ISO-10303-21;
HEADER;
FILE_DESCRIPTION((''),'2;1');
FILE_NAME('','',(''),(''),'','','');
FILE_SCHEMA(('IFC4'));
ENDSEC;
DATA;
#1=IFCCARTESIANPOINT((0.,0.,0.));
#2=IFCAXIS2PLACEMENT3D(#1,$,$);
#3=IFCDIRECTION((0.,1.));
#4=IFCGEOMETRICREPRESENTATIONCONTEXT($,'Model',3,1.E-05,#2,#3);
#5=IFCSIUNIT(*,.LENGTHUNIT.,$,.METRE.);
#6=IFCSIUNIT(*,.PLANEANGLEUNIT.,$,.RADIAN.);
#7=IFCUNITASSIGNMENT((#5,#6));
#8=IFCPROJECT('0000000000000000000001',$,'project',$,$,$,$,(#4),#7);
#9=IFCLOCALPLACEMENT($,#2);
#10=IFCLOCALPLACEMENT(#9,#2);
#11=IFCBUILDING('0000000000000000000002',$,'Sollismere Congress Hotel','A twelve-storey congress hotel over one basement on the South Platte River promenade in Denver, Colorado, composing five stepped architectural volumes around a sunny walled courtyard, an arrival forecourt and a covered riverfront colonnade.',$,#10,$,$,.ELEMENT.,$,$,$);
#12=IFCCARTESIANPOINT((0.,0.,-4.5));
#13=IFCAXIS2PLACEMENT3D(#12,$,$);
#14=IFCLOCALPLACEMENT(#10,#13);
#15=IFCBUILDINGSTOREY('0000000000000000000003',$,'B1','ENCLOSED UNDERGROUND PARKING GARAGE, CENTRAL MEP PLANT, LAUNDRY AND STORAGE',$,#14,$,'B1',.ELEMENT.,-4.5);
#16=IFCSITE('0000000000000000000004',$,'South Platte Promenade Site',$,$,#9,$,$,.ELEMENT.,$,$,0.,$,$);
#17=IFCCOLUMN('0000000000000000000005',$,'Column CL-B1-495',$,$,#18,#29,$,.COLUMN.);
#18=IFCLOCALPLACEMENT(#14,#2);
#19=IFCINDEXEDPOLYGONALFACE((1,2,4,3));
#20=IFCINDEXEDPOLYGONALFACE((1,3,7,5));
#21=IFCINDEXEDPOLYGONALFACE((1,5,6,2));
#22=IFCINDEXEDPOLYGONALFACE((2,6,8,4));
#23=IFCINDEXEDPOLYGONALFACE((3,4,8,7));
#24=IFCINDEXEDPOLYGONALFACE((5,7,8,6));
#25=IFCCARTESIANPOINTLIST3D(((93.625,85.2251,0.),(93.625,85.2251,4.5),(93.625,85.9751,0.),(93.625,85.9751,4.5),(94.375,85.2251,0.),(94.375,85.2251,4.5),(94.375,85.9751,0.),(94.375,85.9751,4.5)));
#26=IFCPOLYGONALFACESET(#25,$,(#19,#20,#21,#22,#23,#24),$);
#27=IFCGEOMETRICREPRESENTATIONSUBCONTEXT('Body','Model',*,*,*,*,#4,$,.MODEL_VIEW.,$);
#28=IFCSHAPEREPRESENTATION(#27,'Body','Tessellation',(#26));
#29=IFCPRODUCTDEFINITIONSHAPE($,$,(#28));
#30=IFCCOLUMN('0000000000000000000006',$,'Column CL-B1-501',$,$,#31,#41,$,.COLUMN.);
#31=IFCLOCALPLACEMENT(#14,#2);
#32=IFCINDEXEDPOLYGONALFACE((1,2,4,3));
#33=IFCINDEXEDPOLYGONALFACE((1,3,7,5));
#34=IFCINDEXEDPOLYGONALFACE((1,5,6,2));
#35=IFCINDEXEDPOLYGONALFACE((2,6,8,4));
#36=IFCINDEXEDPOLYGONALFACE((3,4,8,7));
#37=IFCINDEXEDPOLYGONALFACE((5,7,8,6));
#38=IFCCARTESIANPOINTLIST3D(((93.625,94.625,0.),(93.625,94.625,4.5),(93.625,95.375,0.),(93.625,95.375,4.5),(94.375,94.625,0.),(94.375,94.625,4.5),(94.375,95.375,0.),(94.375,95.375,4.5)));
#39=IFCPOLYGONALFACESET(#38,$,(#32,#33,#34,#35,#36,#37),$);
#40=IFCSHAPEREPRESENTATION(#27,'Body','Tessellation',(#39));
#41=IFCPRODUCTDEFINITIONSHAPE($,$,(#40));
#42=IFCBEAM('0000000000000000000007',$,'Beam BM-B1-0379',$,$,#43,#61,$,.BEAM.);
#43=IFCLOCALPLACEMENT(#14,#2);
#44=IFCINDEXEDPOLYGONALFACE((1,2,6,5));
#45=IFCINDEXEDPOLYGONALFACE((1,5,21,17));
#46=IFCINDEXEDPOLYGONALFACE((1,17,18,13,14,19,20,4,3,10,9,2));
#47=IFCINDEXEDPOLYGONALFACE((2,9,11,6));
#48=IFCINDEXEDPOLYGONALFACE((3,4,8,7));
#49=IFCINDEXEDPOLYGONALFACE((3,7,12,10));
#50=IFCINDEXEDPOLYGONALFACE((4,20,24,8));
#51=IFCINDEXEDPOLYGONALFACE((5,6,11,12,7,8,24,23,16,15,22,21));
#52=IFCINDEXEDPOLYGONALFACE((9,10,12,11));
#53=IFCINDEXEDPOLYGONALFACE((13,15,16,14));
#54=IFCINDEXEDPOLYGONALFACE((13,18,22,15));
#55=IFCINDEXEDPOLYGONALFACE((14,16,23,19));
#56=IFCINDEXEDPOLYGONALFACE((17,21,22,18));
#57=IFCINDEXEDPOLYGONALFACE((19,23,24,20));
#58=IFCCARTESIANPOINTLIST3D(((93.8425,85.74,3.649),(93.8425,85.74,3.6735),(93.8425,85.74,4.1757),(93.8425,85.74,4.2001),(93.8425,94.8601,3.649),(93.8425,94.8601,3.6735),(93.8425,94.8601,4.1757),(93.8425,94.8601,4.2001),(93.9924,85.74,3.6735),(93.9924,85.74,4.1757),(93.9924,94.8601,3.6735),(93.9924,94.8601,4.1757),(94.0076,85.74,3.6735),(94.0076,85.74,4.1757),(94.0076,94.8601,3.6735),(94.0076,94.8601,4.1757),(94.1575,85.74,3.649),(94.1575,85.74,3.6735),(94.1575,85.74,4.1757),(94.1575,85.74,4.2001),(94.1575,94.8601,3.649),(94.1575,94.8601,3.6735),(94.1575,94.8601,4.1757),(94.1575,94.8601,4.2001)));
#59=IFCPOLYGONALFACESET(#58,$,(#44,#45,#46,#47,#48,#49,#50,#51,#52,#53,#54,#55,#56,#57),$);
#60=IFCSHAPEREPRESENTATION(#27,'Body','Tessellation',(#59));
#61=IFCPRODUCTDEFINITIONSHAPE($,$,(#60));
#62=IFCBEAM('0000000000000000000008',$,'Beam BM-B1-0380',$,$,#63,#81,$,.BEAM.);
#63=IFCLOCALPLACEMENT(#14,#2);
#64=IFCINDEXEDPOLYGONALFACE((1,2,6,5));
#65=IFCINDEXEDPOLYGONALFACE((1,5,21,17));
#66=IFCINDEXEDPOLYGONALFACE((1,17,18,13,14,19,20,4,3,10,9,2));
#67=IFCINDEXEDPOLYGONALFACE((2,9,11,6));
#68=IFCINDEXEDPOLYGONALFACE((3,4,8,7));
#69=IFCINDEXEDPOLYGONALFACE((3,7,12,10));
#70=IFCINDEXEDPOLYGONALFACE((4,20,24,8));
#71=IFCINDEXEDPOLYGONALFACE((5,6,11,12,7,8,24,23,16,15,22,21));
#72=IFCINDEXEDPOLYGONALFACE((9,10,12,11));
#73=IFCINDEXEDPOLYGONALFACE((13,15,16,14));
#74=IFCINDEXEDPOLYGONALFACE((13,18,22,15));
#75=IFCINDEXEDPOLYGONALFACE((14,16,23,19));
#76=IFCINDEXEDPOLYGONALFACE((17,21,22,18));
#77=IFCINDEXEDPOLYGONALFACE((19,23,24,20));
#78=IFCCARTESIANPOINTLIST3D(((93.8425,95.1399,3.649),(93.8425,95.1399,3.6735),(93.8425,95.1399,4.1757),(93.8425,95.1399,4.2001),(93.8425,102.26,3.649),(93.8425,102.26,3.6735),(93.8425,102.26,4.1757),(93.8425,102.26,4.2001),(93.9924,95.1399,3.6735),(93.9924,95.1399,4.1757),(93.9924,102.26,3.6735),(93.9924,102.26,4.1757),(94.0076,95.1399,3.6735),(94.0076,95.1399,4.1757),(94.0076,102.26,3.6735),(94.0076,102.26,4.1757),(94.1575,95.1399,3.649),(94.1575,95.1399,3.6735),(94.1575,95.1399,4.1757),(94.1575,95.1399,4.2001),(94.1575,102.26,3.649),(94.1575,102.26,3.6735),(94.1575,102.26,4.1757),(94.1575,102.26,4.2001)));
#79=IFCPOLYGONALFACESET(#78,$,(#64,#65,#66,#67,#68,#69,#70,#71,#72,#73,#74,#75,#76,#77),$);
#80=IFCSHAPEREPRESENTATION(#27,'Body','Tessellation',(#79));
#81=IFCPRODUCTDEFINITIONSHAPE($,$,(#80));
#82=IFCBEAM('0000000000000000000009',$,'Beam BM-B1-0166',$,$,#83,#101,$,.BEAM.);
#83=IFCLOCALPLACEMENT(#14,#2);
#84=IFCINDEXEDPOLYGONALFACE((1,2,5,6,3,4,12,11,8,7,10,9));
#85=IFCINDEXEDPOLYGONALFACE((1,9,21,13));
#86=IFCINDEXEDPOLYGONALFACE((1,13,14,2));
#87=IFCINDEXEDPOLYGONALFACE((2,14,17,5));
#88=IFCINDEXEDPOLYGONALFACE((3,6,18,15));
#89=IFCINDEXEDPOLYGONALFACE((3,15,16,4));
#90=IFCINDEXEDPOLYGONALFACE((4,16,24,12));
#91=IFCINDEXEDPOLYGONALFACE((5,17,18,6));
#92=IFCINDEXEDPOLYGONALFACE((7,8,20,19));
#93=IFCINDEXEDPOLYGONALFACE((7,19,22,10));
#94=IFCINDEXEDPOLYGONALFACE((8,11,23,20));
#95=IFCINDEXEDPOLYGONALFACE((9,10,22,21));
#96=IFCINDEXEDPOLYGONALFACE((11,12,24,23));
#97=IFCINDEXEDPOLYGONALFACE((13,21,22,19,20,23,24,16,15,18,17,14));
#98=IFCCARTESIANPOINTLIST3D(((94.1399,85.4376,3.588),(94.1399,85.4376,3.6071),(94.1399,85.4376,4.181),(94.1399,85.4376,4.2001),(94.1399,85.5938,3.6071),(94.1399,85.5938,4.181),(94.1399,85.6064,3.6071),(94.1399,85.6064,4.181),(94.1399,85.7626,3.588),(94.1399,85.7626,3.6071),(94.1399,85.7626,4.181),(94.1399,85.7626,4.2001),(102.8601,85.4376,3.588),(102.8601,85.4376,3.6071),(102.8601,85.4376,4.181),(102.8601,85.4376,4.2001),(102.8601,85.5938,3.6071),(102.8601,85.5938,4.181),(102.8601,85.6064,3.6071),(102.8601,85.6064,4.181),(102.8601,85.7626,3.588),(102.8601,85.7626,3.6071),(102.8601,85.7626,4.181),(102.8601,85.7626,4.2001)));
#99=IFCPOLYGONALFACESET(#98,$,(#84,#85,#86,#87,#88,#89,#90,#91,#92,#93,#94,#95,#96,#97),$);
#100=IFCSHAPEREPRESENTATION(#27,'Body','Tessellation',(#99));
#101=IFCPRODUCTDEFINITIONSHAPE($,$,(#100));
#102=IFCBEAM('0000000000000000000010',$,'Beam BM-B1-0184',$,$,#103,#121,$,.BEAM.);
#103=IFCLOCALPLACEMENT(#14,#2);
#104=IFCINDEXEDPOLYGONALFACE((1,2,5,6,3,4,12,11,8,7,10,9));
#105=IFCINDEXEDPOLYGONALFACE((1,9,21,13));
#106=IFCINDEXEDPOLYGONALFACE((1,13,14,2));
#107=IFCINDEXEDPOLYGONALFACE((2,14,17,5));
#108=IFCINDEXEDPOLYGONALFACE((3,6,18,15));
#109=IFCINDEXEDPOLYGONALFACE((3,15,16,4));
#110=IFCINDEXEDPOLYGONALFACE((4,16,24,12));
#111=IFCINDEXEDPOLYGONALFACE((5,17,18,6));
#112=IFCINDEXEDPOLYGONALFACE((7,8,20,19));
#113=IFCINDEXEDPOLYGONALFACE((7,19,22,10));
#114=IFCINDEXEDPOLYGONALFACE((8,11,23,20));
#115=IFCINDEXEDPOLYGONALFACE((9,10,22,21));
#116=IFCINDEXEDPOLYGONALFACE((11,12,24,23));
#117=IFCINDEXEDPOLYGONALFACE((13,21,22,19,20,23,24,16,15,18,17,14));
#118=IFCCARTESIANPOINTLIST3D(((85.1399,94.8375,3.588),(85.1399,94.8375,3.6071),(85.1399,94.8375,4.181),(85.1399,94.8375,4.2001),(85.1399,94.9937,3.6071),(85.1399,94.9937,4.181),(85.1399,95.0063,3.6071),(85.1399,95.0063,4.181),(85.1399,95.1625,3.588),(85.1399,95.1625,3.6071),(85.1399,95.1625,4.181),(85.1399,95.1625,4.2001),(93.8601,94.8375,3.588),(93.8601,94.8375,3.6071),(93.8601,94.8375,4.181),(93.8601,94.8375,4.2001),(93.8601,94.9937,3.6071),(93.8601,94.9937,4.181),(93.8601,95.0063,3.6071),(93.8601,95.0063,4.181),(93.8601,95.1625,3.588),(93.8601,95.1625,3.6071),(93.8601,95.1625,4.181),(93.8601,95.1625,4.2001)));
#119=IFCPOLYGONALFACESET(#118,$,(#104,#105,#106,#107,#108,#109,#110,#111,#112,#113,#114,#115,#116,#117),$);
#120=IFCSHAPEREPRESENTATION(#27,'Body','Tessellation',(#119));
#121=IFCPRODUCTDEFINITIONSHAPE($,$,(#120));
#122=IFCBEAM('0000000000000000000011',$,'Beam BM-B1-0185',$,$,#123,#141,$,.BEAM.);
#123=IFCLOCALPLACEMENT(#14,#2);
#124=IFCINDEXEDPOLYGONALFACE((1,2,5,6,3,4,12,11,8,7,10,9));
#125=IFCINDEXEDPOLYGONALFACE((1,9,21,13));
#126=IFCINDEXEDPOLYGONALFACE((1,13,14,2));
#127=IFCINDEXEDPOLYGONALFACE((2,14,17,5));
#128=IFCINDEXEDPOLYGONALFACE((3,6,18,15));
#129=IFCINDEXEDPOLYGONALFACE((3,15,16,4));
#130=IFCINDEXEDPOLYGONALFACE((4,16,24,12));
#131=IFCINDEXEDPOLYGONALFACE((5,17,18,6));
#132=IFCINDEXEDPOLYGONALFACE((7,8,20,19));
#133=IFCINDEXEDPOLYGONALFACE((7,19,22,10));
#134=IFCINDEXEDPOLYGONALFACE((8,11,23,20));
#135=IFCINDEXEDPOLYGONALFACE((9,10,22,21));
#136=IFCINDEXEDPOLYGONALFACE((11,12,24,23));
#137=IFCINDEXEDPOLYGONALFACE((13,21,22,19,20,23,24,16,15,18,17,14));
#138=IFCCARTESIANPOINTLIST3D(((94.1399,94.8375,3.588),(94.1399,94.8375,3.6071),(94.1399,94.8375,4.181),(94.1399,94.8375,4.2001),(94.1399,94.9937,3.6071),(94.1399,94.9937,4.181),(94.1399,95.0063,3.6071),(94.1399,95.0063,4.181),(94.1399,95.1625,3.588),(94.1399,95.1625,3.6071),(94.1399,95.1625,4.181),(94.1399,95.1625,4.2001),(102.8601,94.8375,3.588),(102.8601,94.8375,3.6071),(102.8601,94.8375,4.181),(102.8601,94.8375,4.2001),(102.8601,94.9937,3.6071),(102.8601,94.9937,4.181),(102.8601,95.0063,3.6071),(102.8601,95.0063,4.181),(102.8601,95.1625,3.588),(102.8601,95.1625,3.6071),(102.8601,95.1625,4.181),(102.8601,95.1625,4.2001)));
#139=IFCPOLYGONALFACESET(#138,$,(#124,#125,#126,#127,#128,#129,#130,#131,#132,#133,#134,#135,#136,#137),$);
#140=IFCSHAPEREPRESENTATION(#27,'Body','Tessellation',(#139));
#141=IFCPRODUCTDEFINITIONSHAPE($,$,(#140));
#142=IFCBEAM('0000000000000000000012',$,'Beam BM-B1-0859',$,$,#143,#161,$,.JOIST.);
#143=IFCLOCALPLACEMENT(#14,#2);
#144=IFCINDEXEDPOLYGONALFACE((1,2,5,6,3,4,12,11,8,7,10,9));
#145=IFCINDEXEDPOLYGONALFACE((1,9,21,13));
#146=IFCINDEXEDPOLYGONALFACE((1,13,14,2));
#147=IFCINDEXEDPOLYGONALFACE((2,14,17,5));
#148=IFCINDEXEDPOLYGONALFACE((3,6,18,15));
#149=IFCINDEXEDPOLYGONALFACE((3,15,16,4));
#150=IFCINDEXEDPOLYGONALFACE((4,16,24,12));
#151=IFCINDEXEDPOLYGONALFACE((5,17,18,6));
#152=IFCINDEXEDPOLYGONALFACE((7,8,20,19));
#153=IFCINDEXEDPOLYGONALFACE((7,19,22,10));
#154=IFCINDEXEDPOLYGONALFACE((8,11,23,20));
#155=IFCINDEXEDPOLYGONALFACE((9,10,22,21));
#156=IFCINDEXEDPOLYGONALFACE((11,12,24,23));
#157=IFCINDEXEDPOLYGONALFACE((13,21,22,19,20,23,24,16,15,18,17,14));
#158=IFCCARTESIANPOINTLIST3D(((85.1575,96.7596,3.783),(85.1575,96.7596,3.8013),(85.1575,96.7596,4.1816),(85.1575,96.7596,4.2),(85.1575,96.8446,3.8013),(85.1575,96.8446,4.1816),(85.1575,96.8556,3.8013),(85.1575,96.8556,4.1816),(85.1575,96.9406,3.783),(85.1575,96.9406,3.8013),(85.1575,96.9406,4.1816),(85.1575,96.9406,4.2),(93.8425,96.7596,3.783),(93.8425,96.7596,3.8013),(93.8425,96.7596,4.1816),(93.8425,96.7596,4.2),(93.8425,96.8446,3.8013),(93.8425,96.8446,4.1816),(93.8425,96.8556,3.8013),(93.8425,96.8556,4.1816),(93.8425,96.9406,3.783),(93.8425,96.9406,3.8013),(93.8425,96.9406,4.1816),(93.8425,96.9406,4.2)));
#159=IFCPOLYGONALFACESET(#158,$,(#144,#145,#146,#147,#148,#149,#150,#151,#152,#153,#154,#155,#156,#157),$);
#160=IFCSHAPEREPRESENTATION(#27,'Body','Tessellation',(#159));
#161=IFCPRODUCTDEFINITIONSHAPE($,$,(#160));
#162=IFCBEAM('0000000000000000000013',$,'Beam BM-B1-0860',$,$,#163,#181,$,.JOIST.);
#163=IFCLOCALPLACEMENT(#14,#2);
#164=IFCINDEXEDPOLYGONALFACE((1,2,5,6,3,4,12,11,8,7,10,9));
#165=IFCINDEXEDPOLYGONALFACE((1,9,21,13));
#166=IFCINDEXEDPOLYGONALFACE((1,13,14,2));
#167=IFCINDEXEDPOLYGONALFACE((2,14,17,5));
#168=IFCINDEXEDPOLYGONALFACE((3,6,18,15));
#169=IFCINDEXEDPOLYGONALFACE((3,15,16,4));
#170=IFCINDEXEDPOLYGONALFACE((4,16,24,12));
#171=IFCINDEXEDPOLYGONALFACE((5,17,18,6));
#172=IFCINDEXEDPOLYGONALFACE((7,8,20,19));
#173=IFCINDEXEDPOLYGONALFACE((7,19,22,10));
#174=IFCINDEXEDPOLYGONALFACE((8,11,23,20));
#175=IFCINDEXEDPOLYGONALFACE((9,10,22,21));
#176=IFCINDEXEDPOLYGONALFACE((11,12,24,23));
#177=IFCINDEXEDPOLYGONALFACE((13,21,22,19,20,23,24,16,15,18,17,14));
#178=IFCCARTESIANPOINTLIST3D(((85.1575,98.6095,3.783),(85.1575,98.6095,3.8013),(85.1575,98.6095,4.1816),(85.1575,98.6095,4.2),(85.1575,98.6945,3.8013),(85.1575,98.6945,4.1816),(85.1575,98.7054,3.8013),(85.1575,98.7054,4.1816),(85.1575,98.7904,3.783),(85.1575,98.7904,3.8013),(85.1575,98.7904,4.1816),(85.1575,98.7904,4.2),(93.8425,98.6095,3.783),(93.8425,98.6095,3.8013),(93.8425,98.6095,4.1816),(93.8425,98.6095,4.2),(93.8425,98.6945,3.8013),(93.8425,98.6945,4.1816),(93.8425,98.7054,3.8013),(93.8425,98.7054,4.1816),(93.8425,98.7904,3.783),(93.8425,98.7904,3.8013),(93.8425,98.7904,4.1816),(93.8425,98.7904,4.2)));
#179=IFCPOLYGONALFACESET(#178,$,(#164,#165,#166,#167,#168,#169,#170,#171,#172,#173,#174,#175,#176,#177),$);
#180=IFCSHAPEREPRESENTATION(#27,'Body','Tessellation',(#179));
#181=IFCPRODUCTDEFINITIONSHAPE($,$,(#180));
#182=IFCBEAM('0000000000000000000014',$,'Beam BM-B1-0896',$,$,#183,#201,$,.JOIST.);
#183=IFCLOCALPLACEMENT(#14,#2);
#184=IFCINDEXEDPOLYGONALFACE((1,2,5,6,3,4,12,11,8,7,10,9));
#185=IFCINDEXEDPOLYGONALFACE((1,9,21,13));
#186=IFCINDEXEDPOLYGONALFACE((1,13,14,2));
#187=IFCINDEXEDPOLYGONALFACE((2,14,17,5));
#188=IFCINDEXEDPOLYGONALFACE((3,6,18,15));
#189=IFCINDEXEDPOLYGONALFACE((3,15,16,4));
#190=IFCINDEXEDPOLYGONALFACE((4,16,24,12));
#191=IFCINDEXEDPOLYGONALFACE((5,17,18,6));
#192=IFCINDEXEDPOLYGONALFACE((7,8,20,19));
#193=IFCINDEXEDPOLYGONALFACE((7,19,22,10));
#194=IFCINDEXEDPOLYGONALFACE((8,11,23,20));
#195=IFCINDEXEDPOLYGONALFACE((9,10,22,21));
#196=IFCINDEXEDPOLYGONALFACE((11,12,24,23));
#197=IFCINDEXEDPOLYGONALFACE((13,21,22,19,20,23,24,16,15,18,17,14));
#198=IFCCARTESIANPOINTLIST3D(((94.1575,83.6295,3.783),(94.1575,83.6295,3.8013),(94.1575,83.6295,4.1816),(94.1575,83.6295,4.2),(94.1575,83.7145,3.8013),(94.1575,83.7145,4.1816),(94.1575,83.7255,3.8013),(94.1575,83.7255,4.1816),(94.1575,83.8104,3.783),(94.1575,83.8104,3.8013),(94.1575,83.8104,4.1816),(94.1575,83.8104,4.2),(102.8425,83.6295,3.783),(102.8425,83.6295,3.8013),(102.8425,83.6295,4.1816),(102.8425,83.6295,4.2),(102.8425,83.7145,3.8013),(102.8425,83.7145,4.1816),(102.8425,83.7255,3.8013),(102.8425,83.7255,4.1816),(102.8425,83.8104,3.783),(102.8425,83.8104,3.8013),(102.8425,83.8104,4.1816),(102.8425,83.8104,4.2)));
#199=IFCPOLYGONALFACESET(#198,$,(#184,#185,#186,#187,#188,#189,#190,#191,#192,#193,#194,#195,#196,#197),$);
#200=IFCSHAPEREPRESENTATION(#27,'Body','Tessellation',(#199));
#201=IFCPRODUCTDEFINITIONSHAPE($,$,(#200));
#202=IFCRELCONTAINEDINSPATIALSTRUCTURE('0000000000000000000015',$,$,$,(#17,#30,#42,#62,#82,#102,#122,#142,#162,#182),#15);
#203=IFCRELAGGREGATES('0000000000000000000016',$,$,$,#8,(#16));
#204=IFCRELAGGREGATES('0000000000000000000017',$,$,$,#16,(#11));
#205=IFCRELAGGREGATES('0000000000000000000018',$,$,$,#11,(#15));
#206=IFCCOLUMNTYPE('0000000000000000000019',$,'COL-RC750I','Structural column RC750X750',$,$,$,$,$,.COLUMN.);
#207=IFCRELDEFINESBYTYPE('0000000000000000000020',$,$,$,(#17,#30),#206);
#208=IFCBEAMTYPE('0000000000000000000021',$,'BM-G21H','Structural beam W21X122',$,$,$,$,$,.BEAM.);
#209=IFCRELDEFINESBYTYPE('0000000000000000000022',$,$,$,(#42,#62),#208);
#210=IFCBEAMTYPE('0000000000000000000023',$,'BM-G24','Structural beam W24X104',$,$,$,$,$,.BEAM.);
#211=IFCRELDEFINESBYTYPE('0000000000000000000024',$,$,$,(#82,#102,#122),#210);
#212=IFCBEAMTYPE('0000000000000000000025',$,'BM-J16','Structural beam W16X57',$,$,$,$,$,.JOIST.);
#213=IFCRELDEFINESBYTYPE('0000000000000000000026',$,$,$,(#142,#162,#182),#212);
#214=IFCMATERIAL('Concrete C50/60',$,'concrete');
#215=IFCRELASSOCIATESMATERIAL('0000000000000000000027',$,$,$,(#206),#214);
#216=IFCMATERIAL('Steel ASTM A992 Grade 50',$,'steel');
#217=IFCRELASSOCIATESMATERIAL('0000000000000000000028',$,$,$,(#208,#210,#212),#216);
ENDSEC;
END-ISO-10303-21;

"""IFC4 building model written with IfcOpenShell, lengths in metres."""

from ifc_helpers import new_model, si_unit, direction, frame, origin, origin_2d, place, context, subcontext, project, spatial, rectangle, i_section, extrude, material, material_profile, profile_set, type_object, element, save


model = new_model("IFC4")

# Units and contexts
model_context = context("Model", 3, precision=1e-05, world=origin(), true_north=direction((0.0, 1.0)))
body_context = subcontext(model_context, "Body", "Model", "MODEL_VIEW")
ifc_project = project(units=[si_unit("LENGTHUNIT", "METRE"), si_unit("PLANEANGLEUNIT", "RADIAN")], contexts=[model_context])

# Site, building, storey
site_placement = place(None, origin())
site = spatial("IfcSite", under=ifc_project, at=site_placement, Name="South Platte Promenade Site", CompositionType="ELEMENT", RefElevation=0.0)
building_placement = place(site_placement, origin())
building = spatial("IfcBuilding", under=site, at=building_placement, Name="Sollismere Congress Hotel", Description="A twelve-storey congress hotel over one basement on the South Platte River promenade in Denver, Colorado, composing five stepped architectural volumes around a sunny walled courtyard, an arrival forecourt and a covered riverfront colonnade.", CompositionType="ELEMENT")
storey_placement = place(building_placement, frame((0.0, 0.0, -4.5)))
storey = spatial("IfcBuildingStorey", under=building, at=storey_placement, Name="B1", Description="ENCLOSED UNDERGROUND PARKING GARAGE, CENTRAL MEP PLANT, LAUNDRY AND STORAGE", LongName="B1", CompositionType="ELEMENT", Elevation=-4.5)

# Columns
ifc_material_1 = material(Name="Concrete C50/60", Category="concrete")
ifc_material_profile_1 = material_profile(ifc_material_1, rectangle(XDim=0.75, YDim=0.75, at=origin_2d()), Name="RC750X750")
ifc_profile_set_1 = profile_set([ifc_material_profile_1], Name="Concrete C50/60")
column_type = type_object("IfcColumnType", Name="COL-RC750I", Description="Structural column RC750X750", PredefinedType="COLUMN", material=ifc_profile_set_1)
for number, where, z_axis, x_axis, name in (
    (1, (94.0, 85.6001, 0.0), (0.0, 0.0, 1.0), (1.0, 0.0, 0.0), "Column CL-B1-495"),
    (2, (94.0, 95.0, 0.0), (0.0, 0.0, 1.0), (1.0, 0.0, 0.0), "Column CL-B1-501"),
):
    element("IfcColumn", number, at=place(storey_placement, frame(where, z_axis=z_axis, x_axis=x_axis)), inside=storey, type_object=column_type, Name=name, PredefinedType="COLUMN", context=body_context, shape_type="SweptSolid", body=[
        extrude(rectangle(XDim=0.75, YDim=0.75, at=origin_2d()), origin(), (0.0, 0.0, 1.0), 4.5),
    ])

# Beams
ifc_material_2 = material(Name="Steel ASTM A992 Grade 50", Category="steel")
ifc_material_profile_2 = material_profile(ifc_material_2, i_section(OverallWidth=0.3149, OverallDepth=0.551, WebThickness=0.0151, FlangeThickness=0.0244, at=origin_2d()), Name="W21X122")
ifc_profile_set_2 = profile_set([ifc_material_profile_2], Name="Steel ASTM A992 Grade 50")
beam_type_1 = type_object("IfcBeamType", Name="BM-G21H", Description="Structural beam W21X122", PredefinedType="BEAM", material=ifc_profile_set_2)
beam_1_placement = place(storey_placement, frame((94.0, 85.74, 3.9246), z_axis=(0.0, 1.0, 0.0), x_axis=(-1.0, 0.0, 0.0)))
element("IfcBeam", 3, at=beam_1_placement, inside=storey, type_object=beam_type_1, Name="Beam BM-B1-0379", PredefinedType="BEAM", context=body_context, shape_type="SweptSolid", body=[
    extrude(i_section(OverallWidth=0.3149, OverallDepth=0.551, WebThickness=0.0151, FlangeThickness=0.0244, at=origin_2d()), origin(), (0.0, 0.0, 1.0), 9.1201),
])
beam_2_placement = place(storey_placement, frame((94.0, 95.1399, 3.9246), z_axis=(0.0, 1.0, 0.0), x_axis=(-1.0, 0.0, 0.0)))
element("IfcBeam", 4, at=beam_2_placement, inside=storey, type_object=beam_type_1, Name="Beam BM-B1-0380", PredefinedType="BEAM", context=body_context, shape_type="SweptSolid", body=[
    extrude(i_section(OverallWidth=0.3149, OverallDepth=0.551, WebThickness=0.0151, FlangeThickness=0.0244, at=origin_2d()), origin(), (0.0, 0.0, 1.0), 7.1201),
])
ifc_material_profile_3 = material_profile(ifc_material_2, i_section(OverallWidth=0.325, OverallDepth=0.6121, WebThickness=0.0127, FlangeThickness=0.019, at=origin_2d()), Name="W24X104")
ifc_profile_set_3 = profile_set([ifc_material_profile_3], Name="Steel ASTM A992 Grade 50")
beam_type_2 = type_object("IfcBeamType", Name="BM-G24", Description="Structural beam W24X104", PredefinedType="BEAM", material=ifc_profile_set_3)
for number, where, z_axis, x_axis, name in (
    (5, (94.1399, 85.6001, 3.894), (1.0, 0.0, 0.0), (0.0, 1.0, 0.0), "Beam BM-B1-0166"),
    (6, (85.1399, 95.0, 3.894), (1.0, 0.0, 0.0), (0.0, 1.0, 0.0), "Beam BM-B1-0184"),
    (7, (94.1399, 95.0, 3.894), (1.0, 0.0, 0.0), (0.0, 1.0, 0.0), "Beam BM-B1-0185"),
):
    element("IfcBeam", number, at=place(storey_placement, frame(where, z_axis=z_axis, x_axis=x_axis)), inside=storey, type_object=beam_type_2, Name=name, PredefinedType="BEAM", context=body_context, shape_type="SweptSolid", body=[
        extrude(i_section(OverallWidth=0.325, OverallDepth=0.6121, WebThickness=0.0127, FlangeThickness=0.019, at=origin_2d()), origin(), (0.0, 0.0, 1.0), 8.7202),
    ])
ifc_material_profile_4 = material_profile(ifc_material_2, i_section(OverallWidth=0.1809, OverallDepth=0.417, WebThickness=0.011, FlangeThickness=0.0183, at=origin_2d()), Name="W16X57")
ifc_profile_set_4 = profile_set([ifc_material_profile_4], Name="Steel ASTM A992 Grade 50")
beam_type_3 = type_object("IfcBeamType", Name="BM-J16", Description="Structural beam W16X57", PredefinedType="JOIST", material=ifc_profile_set_4)
for number, where, z_axis, x_axis, name in (
    (8, (85.1575, 96.8501, 3.9915), (1.0, 0.0, 0.0), (0.0, 1.0, 0.0), "Beam BM-B1-0859"),
    (9, (85.1575, 98.7, 3.9915), (1.0, 0.0, 0.0), (0.0, 1.0, 0.0), "Beam BM-B1-0860"),
    (10, (94.1575, 83.72, 3.9915), (1.0, 0.0, 0.0), (0.0, 1.0, 0.0), "Beam BM-B1-0896"),
):
    element("IfcBeam", number, at=place(storey_placement, frame(where, z_axis=z_axis, x_axis=x_axis)), inside=storey, type_object=beam_type_3, Name=name, PredefinedType="JOIST", context=body_context, shape_type="SweptSolid", body=[
        extrude(i_section(OverallWidth=0.1809, OverallDepth=0.417, WebThickness=0.011, FlangeThickness=0.0183, at=origin_2d()), origin(), (0.0, 0.0, 1.0), 8.6851),
    ])

save(model, "model.ifc")
